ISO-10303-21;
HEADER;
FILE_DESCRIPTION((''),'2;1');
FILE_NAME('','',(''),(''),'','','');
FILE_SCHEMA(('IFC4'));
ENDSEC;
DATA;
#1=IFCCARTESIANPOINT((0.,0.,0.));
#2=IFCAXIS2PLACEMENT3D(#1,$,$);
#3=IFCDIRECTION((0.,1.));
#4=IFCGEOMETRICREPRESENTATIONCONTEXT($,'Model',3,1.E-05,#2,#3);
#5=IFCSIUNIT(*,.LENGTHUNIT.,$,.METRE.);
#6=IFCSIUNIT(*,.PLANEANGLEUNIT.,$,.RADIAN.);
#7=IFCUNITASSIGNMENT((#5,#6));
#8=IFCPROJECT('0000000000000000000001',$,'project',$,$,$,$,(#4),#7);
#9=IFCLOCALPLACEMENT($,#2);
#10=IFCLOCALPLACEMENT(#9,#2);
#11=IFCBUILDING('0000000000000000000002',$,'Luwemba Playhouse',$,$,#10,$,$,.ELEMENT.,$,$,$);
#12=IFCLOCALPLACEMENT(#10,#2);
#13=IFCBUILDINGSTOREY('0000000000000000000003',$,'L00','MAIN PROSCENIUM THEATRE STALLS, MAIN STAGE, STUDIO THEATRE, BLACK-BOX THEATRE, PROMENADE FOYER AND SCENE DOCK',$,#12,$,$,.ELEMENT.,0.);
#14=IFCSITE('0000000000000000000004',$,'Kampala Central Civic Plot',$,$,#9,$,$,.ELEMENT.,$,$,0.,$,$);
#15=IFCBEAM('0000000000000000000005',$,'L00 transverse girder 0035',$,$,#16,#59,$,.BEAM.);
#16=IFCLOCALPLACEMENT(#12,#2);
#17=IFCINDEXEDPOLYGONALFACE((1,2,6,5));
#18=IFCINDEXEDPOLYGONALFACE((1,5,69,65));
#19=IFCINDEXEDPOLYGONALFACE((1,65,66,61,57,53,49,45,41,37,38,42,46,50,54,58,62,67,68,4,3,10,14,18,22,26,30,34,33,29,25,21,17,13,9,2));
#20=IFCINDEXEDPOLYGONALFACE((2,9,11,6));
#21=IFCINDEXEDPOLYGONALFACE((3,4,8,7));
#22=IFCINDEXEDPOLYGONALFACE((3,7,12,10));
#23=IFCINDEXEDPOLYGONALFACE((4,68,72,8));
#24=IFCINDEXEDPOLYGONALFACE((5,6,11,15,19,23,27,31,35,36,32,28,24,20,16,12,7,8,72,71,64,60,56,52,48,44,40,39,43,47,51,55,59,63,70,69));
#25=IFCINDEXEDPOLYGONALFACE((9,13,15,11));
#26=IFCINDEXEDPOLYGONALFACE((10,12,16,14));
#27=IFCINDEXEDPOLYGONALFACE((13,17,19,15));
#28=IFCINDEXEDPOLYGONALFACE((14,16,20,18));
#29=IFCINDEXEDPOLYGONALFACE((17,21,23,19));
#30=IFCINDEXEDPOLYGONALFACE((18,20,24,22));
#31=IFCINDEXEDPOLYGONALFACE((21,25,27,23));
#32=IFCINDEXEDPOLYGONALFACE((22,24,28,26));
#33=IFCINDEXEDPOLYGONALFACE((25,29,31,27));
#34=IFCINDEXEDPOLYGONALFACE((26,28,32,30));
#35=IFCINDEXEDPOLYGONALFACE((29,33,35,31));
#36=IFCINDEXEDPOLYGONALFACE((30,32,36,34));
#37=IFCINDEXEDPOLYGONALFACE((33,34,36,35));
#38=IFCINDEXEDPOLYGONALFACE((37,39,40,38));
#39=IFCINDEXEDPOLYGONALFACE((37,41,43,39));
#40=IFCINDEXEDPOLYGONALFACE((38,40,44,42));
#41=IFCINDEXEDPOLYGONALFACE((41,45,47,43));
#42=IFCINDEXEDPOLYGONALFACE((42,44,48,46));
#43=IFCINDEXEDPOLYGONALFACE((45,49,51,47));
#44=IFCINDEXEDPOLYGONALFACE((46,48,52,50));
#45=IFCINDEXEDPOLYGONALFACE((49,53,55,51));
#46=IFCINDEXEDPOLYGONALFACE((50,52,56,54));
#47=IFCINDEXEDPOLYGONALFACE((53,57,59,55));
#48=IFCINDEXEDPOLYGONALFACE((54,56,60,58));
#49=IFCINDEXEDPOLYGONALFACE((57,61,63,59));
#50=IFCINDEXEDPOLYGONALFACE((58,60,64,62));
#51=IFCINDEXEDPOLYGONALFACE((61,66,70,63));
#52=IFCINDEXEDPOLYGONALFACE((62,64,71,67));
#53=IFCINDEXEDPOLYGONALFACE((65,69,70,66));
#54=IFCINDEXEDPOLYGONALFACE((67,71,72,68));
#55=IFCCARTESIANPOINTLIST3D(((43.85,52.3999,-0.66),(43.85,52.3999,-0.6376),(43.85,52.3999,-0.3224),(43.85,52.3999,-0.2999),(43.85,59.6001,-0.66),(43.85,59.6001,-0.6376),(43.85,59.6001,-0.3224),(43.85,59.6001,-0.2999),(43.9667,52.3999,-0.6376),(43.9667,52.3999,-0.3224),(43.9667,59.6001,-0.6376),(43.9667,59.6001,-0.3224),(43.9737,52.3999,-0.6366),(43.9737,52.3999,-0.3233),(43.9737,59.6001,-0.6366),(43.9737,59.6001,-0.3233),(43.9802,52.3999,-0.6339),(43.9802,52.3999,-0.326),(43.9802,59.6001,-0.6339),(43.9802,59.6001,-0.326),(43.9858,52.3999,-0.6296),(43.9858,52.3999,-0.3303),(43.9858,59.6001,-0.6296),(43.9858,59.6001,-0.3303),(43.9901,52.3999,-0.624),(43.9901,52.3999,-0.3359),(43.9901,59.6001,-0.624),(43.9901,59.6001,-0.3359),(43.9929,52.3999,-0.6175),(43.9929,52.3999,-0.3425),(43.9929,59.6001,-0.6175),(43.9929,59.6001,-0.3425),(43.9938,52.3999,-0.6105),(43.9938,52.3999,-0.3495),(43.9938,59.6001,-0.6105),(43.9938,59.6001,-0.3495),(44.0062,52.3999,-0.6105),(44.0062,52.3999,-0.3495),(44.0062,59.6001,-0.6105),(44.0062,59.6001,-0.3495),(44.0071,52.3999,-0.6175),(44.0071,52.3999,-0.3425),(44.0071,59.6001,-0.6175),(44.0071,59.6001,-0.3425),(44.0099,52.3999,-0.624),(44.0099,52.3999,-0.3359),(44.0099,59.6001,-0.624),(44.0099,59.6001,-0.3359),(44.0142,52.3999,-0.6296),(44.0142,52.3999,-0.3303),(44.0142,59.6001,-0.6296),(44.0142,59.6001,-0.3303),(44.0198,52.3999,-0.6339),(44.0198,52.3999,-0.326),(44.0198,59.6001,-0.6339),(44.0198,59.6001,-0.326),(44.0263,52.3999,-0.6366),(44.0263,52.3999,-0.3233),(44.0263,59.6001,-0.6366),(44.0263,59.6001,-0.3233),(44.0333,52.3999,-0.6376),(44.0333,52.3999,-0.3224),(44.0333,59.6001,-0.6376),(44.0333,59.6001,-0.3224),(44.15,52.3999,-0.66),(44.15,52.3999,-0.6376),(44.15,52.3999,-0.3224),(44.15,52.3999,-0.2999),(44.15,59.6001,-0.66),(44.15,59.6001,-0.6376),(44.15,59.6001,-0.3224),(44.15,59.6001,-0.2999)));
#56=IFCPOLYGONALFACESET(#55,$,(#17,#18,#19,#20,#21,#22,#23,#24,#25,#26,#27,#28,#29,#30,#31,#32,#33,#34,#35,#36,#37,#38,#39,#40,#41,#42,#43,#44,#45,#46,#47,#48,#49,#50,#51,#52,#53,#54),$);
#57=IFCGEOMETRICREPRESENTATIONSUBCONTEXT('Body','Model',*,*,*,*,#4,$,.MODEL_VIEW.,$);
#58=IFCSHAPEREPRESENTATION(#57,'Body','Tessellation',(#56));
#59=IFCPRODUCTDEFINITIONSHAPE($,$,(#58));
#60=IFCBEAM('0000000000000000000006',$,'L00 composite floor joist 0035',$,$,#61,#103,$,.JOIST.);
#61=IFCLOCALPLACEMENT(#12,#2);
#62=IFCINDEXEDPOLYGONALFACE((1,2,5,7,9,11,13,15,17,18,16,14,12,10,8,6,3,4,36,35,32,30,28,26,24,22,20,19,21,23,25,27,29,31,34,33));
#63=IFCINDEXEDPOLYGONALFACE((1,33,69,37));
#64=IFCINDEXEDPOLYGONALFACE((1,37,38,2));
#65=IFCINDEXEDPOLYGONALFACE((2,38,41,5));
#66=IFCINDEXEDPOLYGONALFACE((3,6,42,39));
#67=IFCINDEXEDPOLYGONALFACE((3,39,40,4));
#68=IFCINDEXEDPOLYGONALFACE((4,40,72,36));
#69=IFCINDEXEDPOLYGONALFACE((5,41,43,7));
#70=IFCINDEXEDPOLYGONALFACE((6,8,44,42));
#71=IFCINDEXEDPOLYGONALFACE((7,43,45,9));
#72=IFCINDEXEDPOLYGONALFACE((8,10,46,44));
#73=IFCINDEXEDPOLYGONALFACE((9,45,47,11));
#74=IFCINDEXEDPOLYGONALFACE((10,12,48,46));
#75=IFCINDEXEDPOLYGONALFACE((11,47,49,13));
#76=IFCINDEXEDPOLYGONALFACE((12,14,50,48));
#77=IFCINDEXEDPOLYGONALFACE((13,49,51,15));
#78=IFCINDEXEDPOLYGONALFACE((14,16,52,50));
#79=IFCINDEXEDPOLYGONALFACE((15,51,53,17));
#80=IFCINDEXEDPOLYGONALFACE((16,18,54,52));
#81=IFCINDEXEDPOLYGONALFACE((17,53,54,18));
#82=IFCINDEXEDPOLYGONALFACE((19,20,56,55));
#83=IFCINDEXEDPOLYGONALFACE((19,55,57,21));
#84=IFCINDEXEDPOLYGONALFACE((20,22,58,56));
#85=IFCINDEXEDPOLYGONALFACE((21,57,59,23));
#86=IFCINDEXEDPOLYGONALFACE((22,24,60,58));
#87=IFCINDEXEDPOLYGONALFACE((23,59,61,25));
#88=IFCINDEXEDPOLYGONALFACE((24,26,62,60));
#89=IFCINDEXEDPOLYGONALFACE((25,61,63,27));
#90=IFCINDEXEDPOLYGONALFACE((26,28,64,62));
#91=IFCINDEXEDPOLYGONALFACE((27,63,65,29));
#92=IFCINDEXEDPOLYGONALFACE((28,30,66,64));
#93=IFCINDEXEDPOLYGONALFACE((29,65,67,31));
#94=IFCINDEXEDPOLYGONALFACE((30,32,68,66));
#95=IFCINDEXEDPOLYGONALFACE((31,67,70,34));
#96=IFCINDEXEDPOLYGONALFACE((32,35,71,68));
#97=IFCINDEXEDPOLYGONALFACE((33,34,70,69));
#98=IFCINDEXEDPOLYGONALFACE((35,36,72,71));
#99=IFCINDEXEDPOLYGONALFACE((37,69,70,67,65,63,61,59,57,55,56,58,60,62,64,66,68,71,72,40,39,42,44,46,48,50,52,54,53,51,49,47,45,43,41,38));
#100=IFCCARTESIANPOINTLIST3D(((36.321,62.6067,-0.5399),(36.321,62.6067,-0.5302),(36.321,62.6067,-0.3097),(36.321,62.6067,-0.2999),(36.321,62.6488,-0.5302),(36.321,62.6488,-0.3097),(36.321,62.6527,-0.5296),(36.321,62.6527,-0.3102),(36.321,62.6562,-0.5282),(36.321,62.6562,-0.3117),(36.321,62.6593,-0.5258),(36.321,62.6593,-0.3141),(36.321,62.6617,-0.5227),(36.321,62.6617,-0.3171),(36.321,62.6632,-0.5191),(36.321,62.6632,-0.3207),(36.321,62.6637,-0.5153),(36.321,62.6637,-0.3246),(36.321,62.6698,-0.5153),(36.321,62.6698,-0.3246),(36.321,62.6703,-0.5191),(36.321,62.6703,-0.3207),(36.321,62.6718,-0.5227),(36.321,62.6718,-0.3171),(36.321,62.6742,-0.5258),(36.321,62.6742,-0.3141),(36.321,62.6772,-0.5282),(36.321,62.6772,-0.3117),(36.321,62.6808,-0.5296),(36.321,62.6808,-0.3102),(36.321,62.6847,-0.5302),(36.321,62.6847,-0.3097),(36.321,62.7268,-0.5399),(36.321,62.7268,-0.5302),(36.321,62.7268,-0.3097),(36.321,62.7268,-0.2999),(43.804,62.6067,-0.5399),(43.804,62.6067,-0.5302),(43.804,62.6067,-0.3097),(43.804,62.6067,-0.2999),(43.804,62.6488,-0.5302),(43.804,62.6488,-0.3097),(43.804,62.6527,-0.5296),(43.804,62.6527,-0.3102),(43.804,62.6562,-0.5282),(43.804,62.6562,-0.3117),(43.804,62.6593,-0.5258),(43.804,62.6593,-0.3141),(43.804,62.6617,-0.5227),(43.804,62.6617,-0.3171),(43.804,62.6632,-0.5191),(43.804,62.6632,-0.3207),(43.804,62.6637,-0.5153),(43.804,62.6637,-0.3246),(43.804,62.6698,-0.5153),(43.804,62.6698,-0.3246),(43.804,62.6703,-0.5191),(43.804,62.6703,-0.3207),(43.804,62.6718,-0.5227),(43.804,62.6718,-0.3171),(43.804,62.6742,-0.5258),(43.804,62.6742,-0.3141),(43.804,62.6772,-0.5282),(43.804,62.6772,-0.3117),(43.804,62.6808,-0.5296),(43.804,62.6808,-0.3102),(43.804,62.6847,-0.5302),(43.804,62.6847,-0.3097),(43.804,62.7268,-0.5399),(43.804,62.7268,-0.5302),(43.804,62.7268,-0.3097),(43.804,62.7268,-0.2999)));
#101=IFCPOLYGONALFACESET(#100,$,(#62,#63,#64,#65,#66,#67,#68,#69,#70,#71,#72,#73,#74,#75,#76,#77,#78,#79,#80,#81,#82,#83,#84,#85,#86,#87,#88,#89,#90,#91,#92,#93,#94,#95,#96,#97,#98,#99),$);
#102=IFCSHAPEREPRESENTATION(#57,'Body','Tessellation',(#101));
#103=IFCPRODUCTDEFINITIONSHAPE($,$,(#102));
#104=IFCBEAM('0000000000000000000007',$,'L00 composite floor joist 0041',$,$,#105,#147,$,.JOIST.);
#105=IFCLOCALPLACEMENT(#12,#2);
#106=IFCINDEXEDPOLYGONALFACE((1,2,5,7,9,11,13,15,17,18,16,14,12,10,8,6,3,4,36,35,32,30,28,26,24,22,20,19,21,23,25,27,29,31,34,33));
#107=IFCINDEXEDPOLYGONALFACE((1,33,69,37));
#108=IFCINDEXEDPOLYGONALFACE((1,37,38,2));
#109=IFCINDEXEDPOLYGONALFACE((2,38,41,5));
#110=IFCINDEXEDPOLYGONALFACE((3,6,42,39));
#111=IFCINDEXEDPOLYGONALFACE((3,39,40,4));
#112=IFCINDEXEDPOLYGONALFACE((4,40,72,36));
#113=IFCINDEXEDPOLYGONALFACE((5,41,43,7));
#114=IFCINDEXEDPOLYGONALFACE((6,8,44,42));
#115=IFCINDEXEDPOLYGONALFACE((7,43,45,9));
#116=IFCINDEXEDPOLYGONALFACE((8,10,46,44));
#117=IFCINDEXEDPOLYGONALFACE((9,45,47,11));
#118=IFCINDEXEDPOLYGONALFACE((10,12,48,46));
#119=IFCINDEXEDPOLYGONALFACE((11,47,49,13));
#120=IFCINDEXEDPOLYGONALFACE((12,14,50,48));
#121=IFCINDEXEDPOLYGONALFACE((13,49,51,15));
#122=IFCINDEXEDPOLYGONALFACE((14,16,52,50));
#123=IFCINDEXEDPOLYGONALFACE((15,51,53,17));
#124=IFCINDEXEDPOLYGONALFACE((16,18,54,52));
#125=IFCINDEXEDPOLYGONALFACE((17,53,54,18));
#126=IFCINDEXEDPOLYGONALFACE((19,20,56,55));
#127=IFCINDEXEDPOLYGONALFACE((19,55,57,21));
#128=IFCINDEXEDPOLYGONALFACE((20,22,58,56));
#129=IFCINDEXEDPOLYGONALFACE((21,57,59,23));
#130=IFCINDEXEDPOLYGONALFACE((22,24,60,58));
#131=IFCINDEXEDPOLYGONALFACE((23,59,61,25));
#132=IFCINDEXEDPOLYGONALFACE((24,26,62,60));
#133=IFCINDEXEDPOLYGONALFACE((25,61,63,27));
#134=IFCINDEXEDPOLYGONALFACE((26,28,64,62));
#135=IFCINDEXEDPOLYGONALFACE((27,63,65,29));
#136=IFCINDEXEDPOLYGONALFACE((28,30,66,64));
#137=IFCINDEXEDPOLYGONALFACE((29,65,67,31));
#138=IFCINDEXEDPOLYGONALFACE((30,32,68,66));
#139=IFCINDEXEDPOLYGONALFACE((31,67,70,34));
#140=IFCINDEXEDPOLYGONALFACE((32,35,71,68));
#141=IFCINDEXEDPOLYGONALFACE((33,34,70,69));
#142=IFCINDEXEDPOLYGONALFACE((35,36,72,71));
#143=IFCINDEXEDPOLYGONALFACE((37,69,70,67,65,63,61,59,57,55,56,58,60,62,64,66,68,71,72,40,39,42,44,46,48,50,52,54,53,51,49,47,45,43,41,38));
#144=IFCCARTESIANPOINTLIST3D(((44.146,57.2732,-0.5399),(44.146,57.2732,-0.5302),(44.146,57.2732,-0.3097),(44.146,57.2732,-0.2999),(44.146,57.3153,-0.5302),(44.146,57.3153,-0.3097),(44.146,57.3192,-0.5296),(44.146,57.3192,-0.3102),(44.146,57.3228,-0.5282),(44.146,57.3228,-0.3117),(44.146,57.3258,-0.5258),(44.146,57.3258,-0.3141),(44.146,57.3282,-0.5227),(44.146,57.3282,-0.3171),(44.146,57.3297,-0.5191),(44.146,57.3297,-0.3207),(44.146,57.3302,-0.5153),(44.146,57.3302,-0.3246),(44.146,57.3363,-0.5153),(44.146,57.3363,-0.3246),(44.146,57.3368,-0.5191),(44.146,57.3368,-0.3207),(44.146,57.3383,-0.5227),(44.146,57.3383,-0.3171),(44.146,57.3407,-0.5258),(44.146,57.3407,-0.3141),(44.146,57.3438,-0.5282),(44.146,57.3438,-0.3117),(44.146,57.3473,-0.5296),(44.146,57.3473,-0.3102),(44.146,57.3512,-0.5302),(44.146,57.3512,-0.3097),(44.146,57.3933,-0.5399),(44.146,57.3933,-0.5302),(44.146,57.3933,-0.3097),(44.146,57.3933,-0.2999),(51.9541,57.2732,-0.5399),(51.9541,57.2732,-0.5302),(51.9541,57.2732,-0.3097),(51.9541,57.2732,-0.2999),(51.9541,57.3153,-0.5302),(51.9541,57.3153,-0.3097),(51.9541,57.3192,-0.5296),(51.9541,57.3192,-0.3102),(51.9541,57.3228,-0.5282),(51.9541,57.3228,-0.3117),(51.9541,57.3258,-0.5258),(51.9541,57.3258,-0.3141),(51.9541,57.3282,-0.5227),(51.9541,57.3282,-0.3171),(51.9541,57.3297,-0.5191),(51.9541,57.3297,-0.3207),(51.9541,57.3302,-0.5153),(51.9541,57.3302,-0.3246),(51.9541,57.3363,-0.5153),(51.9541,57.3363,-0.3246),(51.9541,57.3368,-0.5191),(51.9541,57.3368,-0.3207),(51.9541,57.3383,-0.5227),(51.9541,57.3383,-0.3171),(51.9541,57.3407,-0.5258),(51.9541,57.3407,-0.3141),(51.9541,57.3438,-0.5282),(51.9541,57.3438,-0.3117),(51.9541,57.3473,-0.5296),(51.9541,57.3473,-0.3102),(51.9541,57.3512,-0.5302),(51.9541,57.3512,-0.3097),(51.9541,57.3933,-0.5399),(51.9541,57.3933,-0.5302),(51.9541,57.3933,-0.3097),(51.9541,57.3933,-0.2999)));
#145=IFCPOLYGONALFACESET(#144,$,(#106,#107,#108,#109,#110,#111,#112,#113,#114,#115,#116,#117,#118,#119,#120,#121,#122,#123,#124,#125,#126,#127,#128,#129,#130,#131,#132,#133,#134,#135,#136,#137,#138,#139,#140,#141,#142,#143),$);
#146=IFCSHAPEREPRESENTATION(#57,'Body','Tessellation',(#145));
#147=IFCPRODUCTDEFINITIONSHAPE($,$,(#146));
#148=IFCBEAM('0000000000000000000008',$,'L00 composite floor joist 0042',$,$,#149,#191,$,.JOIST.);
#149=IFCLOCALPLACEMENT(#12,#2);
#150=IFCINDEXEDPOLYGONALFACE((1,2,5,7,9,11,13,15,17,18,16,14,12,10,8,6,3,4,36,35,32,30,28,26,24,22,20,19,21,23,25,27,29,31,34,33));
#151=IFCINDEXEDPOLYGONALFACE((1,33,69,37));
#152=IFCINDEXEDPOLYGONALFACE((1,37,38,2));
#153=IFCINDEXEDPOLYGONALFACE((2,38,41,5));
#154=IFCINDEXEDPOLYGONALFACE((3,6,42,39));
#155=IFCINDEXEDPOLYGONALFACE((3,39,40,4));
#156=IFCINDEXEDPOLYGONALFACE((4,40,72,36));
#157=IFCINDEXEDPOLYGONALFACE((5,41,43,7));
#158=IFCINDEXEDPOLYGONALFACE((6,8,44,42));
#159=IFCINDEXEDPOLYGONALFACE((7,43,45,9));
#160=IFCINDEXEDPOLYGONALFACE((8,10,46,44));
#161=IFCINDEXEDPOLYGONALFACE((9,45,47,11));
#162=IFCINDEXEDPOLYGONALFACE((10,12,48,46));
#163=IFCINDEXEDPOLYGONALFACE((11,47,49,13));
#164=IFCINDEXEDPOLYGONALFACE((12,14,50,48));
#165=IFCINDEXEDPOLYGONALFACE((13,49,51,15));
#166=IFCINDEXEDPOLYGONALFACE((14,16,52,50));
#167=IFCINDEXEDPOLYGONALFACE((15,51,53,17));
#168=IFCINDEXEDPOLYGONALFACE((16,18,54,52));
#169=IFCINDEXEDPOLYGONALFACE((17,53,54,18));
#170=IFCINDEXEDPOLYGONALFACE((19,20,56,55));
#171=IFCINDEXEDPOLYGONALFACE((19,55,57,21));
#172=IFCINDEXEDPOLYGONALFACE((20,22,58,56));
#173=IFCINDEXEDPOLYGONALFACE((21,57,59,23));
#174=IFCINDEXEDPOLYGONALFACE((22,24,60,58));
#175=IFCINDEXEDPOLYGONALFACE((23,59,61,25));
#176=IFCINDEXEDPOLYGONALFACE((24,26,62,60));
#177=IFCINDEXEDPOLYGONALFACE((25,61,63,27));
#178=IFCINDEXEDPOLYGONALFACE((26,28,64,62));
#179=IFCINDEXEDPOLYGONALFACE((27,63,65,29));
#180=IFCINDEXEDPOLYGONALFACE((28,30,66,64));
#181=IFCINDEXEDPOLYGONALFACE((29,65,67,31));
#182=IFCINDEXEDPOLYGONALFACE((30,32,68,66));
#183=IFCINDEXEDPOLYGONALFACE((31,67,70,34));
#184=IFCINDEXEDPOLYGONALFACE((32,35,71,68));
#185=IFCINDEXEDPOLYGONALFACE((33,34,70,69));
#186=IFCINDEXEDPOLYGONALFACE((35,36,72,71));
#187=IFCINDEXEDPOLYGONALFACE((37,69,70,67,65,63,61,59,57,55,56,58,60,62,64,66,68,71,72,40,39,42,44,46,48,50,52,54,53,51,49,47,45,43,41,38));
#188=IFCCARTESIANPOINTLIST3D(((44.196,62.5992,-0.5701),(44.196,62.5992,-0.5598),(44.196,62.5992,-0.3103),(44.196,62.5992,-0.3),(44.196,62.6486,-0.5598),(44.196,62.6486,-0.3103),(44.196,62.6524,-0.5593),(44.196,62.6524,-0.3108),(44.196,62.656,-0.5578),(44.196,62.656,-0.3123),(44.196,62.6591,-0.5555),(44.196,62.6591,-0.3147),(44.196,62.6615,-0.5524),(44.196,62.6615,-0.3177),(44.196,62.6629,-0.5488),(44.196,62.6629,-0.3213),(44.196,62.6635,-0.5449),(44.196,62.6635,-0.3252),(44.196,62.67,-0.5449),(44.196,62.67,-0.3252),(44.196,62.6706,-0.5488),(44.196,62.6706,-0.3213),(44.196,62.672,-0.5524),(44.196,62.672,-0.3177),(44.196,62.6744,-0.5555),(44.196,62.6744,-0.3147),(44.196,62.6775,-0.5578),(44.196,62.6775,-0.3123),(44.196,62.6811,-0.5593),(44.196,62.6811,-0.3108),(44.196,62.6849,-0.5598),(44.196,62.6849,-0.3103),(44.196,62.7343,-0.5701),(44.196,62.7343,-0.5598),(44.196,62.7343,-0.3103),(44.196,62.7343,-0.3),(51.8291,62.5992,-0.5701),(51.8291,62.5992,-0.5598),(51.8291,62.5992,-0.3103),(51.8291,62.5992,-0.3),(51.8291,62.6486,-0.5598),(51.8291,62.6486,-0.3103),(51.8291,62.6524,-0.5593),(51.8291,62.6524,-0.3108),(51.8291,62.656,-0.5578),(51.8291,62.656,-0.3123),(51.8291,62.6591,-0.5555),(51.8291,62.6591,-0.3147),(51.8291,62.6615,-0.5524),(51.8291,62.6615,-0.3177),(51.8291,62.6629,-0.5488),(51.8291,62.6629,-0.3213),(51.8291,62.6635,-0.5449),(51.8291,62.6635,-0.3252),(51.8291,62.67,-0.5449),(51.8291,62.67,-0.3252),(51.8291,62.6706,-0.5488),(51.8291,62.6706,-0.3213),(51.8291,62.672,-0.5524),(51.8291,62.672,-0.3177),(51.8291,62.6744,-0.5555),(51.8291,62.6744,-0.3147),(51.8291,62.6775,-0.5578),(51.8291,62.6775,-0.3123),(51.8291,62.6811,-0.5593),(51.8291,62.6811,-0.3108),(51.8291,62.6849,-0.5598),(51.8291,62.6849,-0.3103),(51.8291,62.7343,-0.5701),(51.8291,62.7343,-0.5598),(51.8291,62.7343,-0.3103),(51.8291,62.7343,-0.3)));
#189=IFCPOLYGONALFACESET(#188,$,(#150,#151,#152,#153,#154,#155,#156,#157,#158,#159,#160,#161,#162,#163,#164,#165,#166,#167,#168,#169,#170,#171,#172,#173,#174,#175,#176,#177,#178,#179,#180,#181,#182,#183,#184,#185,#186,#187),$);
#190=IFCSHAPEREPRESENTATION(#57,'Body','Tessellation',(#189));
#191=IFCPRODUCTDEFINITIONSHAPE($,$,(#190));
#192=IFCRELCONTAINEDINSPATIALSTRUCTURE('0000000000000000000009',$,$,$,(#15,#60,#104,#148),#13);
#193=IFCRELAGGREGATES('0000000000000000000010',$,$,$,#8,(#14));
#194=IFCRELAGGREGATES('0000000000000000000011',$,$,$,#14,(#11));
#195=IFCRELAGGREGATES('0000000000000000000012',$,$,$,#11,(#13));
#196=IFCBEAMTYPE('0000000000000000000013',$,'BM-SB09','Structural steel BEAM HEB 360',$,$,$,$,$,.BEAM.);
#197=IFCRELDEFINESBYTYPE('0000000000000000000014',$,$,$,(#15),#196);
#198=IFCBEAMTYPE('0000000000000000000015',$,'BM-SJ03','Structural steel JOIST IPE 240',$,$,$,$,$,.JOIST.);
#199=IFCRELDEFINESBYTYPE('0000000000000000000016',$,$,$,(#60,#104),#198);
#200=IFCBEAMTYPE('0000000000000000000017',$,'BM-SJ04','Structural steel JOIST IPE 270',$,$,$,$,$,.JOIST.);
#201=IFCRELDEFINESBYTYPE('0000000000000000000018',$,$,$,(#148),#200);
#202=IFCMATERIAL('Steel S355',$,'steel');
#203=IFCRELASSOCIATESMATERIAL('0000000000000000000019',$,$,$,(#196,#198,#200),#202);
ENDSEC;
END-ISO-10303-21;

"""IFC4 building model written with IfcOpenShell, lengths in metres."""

from ifc_helpers import new_model, si_unit, direction, frame, origin, origin_2d, place, context, subcontext, project, spatial, i_section, extrude, material, material_profile, profile_set, type_object, element, save


model = new_model("IFC4")

# Units and contexts
model_context = context("Model", 3, precision=1e-05, world=origin(), true_north=direction((0.0, 1.0)))
body_context = subcontext(model_context, "Body", "Model", "MODEL_VIEW")
ifc_project = project(units=[si_unit("LENGTHUNIT", "METRE"), si_unit("PLANEANGLEUNIT", "RADIAN")], contexts=[model_context])

# Site, building, storey
site_placement = place(None, origin())
site = spatial("IfcSite", under=ifc_project, at=site_placement, Name="Kampala Central Civic Plot", CompositionType="ELEMENT", RefElevation=0.0)
building_placement = place(site_placement, origin())
building = spatial("IfcBuilding", under=site, at=building_placement, Name="Luwemba Playhouse", CompositionType="ELEMENT")
storey_placement = place(building_placement, origin())
storey = spatial("IfcBuildingStorey", under=building, at=storey_placement, Name="L00", Description="MAIN PROSCENIUM THEATRE STALLS, MAIN STAGE, STUDIO THEATRE, BLACK-BOX THEATRE, PROMENADE FOYER AND SCENE DOCK", CompositionType="ELEMENT", Elevation=0.0)

# Beams
ifc_material_1 = material(Name="Steel S355", Category="steel")
ifc_material_profile_1 = material_profile(ifc_material_1, i_section(OverallWidth=0.3, OverallDepth=0.3601, WebThickness=0.0125, FlangeThickness=0.0225, FilletRadius=0.0271, at=origin_2d()))
ifc_profile_set_1 = profile_set([ifc_material_profile_1], Name="Steel S355")
beam_type_1 = type_object("IfcBeamType", Name="BM-SB09", Description="Structural steel BEAM HEB 360", PredefinedType="BEAM", material=ifc_profile_set_1)
beam_1_placement = place(storey_placement, frame((44.0, 52.3999, -0.48), z_axis=(0.0, 1.0, 0.0), x_axis=(-1.0, 0.0, 0.0)))
element("IfcBeam", 1, at=beam_1_placement, inside=storey, type_object=beam_type_1, Name="L00 transverse girder 0035", PredefinedType="BEAM", context=body_context, shape_type="SweptSolid", body=[
    extrude(i_section(OverallWidth=0.3, OverallDepth=0.3601, WebThickness=0.0125, FlangeThickness=0.0225, FilletRadius=0.0271, at=origin_2d()), origin(), (0.0, 0.0, 1.0), 7.2002),
])
ifc_material_profile_2 = material_profile(ifc_material_1, i_section(OverallWidth=0.1201, OverallDepth=0.24, WebThickness=0.0061, FlangeThickness=0.0098, FilletRadius=0.0149, at=origin_2d()))
ifc_profile_set_2 = profile_set([ifc_material_profile_2], Name="Steel S355")
beam_type_2 = type_object("IfcBeamType", Name="BM-SJ03", Description="Structural steel JOIST IPE 240", PredefinedType="JOIST", material=ifc_profile_set_2)
beam_2_placement = place(storey_placement, frame((36.321, 62.6667, -0.4199), z_axis=(1.0, 0.0, 0.0), x_axis=(0.0, 1.0, 0.0)))
element("IfcBeam", 2, at=beam_2_placement, inside=storey, type_object=beam_type_2, Name="L00 composite floor joist 0035", PredefinedType="JOIST", context=body_context, shape_type="SweptSolid", body=[
    extrude(i_section(OverallWidth=0.1201, OverallDepth=0.24, WebThickness=0.0061, FlangeThickness=0.0098, FilletRadius=0.0149, at=origin_2d()), origin(), (0.0, 0.0, 1.0), 7.4829),
])
beam_3_placement = place(storey_placement, frame((44.146, 57.3333, -0.4199), z_axis=(1.0, 0.0, 0.0), x_axis=(0.0, 1.0, 0.0)))
element("IfcBeam", 3, at=beam_3_placement, inside=storey, type_object=beam_type_2, Name="L00 composite floor joist 0041", PredefinedType="JOIST", context=body_context, shape_type="SweptSolid", body=[
    extrude(i_section(OverallWidth=0.1201, OverallDepth=0.24, WebThickness=0.0061, FlangeThickness=0.0098, FilletRadius=0.0149, at=origin_2d()), origin(), (0.0, 0.0, 1.0), 7.8081),
])
ifc_material_profile_3 = material_profile(ifc_material_1, i_section(OverallWidth=0.135, OverallDepth=0.27, WebThickness=0.0066, FlangeThickness=0.0103, FilletRadius=0.0149, at=origin_2d()))
ifc_profile_set_3 = profile_set([ifc_material_profile_3], Name="Steel S355")
beam_type_3 = type_object("IfcBeamType", Name="BM-SJ04", Description="Structural steel JOIST IPE 270", PredefinedType="JOIST", material=ifc_profile_set_3)
beam_4_placement = place(storey_placement, frame((44.196, 62.6667, -0.4351), z_axis=(1.0, 0.0, 0.0), x_axis=(0.0, 1.0, 0.0)))
element("IfcBeam", 4, at=beam_4_placement, inside=storey, type_object=beam_type_3, Name="L00 composite floor joist 0042", PredefinedType="JOIST", context=body_context, shape_type="SweptSolid", body=[
    extrude(i_section(OverallWidth=0.135, OverallDepth=0.27, WebThickness=0.0066, FlangeThickness=0.0103, FilletRadius=0.0149, at=origin_2d()), origin(), (0.0, 0.0, 1.0), 7.6331),
])

save(model, "model.ifc")
